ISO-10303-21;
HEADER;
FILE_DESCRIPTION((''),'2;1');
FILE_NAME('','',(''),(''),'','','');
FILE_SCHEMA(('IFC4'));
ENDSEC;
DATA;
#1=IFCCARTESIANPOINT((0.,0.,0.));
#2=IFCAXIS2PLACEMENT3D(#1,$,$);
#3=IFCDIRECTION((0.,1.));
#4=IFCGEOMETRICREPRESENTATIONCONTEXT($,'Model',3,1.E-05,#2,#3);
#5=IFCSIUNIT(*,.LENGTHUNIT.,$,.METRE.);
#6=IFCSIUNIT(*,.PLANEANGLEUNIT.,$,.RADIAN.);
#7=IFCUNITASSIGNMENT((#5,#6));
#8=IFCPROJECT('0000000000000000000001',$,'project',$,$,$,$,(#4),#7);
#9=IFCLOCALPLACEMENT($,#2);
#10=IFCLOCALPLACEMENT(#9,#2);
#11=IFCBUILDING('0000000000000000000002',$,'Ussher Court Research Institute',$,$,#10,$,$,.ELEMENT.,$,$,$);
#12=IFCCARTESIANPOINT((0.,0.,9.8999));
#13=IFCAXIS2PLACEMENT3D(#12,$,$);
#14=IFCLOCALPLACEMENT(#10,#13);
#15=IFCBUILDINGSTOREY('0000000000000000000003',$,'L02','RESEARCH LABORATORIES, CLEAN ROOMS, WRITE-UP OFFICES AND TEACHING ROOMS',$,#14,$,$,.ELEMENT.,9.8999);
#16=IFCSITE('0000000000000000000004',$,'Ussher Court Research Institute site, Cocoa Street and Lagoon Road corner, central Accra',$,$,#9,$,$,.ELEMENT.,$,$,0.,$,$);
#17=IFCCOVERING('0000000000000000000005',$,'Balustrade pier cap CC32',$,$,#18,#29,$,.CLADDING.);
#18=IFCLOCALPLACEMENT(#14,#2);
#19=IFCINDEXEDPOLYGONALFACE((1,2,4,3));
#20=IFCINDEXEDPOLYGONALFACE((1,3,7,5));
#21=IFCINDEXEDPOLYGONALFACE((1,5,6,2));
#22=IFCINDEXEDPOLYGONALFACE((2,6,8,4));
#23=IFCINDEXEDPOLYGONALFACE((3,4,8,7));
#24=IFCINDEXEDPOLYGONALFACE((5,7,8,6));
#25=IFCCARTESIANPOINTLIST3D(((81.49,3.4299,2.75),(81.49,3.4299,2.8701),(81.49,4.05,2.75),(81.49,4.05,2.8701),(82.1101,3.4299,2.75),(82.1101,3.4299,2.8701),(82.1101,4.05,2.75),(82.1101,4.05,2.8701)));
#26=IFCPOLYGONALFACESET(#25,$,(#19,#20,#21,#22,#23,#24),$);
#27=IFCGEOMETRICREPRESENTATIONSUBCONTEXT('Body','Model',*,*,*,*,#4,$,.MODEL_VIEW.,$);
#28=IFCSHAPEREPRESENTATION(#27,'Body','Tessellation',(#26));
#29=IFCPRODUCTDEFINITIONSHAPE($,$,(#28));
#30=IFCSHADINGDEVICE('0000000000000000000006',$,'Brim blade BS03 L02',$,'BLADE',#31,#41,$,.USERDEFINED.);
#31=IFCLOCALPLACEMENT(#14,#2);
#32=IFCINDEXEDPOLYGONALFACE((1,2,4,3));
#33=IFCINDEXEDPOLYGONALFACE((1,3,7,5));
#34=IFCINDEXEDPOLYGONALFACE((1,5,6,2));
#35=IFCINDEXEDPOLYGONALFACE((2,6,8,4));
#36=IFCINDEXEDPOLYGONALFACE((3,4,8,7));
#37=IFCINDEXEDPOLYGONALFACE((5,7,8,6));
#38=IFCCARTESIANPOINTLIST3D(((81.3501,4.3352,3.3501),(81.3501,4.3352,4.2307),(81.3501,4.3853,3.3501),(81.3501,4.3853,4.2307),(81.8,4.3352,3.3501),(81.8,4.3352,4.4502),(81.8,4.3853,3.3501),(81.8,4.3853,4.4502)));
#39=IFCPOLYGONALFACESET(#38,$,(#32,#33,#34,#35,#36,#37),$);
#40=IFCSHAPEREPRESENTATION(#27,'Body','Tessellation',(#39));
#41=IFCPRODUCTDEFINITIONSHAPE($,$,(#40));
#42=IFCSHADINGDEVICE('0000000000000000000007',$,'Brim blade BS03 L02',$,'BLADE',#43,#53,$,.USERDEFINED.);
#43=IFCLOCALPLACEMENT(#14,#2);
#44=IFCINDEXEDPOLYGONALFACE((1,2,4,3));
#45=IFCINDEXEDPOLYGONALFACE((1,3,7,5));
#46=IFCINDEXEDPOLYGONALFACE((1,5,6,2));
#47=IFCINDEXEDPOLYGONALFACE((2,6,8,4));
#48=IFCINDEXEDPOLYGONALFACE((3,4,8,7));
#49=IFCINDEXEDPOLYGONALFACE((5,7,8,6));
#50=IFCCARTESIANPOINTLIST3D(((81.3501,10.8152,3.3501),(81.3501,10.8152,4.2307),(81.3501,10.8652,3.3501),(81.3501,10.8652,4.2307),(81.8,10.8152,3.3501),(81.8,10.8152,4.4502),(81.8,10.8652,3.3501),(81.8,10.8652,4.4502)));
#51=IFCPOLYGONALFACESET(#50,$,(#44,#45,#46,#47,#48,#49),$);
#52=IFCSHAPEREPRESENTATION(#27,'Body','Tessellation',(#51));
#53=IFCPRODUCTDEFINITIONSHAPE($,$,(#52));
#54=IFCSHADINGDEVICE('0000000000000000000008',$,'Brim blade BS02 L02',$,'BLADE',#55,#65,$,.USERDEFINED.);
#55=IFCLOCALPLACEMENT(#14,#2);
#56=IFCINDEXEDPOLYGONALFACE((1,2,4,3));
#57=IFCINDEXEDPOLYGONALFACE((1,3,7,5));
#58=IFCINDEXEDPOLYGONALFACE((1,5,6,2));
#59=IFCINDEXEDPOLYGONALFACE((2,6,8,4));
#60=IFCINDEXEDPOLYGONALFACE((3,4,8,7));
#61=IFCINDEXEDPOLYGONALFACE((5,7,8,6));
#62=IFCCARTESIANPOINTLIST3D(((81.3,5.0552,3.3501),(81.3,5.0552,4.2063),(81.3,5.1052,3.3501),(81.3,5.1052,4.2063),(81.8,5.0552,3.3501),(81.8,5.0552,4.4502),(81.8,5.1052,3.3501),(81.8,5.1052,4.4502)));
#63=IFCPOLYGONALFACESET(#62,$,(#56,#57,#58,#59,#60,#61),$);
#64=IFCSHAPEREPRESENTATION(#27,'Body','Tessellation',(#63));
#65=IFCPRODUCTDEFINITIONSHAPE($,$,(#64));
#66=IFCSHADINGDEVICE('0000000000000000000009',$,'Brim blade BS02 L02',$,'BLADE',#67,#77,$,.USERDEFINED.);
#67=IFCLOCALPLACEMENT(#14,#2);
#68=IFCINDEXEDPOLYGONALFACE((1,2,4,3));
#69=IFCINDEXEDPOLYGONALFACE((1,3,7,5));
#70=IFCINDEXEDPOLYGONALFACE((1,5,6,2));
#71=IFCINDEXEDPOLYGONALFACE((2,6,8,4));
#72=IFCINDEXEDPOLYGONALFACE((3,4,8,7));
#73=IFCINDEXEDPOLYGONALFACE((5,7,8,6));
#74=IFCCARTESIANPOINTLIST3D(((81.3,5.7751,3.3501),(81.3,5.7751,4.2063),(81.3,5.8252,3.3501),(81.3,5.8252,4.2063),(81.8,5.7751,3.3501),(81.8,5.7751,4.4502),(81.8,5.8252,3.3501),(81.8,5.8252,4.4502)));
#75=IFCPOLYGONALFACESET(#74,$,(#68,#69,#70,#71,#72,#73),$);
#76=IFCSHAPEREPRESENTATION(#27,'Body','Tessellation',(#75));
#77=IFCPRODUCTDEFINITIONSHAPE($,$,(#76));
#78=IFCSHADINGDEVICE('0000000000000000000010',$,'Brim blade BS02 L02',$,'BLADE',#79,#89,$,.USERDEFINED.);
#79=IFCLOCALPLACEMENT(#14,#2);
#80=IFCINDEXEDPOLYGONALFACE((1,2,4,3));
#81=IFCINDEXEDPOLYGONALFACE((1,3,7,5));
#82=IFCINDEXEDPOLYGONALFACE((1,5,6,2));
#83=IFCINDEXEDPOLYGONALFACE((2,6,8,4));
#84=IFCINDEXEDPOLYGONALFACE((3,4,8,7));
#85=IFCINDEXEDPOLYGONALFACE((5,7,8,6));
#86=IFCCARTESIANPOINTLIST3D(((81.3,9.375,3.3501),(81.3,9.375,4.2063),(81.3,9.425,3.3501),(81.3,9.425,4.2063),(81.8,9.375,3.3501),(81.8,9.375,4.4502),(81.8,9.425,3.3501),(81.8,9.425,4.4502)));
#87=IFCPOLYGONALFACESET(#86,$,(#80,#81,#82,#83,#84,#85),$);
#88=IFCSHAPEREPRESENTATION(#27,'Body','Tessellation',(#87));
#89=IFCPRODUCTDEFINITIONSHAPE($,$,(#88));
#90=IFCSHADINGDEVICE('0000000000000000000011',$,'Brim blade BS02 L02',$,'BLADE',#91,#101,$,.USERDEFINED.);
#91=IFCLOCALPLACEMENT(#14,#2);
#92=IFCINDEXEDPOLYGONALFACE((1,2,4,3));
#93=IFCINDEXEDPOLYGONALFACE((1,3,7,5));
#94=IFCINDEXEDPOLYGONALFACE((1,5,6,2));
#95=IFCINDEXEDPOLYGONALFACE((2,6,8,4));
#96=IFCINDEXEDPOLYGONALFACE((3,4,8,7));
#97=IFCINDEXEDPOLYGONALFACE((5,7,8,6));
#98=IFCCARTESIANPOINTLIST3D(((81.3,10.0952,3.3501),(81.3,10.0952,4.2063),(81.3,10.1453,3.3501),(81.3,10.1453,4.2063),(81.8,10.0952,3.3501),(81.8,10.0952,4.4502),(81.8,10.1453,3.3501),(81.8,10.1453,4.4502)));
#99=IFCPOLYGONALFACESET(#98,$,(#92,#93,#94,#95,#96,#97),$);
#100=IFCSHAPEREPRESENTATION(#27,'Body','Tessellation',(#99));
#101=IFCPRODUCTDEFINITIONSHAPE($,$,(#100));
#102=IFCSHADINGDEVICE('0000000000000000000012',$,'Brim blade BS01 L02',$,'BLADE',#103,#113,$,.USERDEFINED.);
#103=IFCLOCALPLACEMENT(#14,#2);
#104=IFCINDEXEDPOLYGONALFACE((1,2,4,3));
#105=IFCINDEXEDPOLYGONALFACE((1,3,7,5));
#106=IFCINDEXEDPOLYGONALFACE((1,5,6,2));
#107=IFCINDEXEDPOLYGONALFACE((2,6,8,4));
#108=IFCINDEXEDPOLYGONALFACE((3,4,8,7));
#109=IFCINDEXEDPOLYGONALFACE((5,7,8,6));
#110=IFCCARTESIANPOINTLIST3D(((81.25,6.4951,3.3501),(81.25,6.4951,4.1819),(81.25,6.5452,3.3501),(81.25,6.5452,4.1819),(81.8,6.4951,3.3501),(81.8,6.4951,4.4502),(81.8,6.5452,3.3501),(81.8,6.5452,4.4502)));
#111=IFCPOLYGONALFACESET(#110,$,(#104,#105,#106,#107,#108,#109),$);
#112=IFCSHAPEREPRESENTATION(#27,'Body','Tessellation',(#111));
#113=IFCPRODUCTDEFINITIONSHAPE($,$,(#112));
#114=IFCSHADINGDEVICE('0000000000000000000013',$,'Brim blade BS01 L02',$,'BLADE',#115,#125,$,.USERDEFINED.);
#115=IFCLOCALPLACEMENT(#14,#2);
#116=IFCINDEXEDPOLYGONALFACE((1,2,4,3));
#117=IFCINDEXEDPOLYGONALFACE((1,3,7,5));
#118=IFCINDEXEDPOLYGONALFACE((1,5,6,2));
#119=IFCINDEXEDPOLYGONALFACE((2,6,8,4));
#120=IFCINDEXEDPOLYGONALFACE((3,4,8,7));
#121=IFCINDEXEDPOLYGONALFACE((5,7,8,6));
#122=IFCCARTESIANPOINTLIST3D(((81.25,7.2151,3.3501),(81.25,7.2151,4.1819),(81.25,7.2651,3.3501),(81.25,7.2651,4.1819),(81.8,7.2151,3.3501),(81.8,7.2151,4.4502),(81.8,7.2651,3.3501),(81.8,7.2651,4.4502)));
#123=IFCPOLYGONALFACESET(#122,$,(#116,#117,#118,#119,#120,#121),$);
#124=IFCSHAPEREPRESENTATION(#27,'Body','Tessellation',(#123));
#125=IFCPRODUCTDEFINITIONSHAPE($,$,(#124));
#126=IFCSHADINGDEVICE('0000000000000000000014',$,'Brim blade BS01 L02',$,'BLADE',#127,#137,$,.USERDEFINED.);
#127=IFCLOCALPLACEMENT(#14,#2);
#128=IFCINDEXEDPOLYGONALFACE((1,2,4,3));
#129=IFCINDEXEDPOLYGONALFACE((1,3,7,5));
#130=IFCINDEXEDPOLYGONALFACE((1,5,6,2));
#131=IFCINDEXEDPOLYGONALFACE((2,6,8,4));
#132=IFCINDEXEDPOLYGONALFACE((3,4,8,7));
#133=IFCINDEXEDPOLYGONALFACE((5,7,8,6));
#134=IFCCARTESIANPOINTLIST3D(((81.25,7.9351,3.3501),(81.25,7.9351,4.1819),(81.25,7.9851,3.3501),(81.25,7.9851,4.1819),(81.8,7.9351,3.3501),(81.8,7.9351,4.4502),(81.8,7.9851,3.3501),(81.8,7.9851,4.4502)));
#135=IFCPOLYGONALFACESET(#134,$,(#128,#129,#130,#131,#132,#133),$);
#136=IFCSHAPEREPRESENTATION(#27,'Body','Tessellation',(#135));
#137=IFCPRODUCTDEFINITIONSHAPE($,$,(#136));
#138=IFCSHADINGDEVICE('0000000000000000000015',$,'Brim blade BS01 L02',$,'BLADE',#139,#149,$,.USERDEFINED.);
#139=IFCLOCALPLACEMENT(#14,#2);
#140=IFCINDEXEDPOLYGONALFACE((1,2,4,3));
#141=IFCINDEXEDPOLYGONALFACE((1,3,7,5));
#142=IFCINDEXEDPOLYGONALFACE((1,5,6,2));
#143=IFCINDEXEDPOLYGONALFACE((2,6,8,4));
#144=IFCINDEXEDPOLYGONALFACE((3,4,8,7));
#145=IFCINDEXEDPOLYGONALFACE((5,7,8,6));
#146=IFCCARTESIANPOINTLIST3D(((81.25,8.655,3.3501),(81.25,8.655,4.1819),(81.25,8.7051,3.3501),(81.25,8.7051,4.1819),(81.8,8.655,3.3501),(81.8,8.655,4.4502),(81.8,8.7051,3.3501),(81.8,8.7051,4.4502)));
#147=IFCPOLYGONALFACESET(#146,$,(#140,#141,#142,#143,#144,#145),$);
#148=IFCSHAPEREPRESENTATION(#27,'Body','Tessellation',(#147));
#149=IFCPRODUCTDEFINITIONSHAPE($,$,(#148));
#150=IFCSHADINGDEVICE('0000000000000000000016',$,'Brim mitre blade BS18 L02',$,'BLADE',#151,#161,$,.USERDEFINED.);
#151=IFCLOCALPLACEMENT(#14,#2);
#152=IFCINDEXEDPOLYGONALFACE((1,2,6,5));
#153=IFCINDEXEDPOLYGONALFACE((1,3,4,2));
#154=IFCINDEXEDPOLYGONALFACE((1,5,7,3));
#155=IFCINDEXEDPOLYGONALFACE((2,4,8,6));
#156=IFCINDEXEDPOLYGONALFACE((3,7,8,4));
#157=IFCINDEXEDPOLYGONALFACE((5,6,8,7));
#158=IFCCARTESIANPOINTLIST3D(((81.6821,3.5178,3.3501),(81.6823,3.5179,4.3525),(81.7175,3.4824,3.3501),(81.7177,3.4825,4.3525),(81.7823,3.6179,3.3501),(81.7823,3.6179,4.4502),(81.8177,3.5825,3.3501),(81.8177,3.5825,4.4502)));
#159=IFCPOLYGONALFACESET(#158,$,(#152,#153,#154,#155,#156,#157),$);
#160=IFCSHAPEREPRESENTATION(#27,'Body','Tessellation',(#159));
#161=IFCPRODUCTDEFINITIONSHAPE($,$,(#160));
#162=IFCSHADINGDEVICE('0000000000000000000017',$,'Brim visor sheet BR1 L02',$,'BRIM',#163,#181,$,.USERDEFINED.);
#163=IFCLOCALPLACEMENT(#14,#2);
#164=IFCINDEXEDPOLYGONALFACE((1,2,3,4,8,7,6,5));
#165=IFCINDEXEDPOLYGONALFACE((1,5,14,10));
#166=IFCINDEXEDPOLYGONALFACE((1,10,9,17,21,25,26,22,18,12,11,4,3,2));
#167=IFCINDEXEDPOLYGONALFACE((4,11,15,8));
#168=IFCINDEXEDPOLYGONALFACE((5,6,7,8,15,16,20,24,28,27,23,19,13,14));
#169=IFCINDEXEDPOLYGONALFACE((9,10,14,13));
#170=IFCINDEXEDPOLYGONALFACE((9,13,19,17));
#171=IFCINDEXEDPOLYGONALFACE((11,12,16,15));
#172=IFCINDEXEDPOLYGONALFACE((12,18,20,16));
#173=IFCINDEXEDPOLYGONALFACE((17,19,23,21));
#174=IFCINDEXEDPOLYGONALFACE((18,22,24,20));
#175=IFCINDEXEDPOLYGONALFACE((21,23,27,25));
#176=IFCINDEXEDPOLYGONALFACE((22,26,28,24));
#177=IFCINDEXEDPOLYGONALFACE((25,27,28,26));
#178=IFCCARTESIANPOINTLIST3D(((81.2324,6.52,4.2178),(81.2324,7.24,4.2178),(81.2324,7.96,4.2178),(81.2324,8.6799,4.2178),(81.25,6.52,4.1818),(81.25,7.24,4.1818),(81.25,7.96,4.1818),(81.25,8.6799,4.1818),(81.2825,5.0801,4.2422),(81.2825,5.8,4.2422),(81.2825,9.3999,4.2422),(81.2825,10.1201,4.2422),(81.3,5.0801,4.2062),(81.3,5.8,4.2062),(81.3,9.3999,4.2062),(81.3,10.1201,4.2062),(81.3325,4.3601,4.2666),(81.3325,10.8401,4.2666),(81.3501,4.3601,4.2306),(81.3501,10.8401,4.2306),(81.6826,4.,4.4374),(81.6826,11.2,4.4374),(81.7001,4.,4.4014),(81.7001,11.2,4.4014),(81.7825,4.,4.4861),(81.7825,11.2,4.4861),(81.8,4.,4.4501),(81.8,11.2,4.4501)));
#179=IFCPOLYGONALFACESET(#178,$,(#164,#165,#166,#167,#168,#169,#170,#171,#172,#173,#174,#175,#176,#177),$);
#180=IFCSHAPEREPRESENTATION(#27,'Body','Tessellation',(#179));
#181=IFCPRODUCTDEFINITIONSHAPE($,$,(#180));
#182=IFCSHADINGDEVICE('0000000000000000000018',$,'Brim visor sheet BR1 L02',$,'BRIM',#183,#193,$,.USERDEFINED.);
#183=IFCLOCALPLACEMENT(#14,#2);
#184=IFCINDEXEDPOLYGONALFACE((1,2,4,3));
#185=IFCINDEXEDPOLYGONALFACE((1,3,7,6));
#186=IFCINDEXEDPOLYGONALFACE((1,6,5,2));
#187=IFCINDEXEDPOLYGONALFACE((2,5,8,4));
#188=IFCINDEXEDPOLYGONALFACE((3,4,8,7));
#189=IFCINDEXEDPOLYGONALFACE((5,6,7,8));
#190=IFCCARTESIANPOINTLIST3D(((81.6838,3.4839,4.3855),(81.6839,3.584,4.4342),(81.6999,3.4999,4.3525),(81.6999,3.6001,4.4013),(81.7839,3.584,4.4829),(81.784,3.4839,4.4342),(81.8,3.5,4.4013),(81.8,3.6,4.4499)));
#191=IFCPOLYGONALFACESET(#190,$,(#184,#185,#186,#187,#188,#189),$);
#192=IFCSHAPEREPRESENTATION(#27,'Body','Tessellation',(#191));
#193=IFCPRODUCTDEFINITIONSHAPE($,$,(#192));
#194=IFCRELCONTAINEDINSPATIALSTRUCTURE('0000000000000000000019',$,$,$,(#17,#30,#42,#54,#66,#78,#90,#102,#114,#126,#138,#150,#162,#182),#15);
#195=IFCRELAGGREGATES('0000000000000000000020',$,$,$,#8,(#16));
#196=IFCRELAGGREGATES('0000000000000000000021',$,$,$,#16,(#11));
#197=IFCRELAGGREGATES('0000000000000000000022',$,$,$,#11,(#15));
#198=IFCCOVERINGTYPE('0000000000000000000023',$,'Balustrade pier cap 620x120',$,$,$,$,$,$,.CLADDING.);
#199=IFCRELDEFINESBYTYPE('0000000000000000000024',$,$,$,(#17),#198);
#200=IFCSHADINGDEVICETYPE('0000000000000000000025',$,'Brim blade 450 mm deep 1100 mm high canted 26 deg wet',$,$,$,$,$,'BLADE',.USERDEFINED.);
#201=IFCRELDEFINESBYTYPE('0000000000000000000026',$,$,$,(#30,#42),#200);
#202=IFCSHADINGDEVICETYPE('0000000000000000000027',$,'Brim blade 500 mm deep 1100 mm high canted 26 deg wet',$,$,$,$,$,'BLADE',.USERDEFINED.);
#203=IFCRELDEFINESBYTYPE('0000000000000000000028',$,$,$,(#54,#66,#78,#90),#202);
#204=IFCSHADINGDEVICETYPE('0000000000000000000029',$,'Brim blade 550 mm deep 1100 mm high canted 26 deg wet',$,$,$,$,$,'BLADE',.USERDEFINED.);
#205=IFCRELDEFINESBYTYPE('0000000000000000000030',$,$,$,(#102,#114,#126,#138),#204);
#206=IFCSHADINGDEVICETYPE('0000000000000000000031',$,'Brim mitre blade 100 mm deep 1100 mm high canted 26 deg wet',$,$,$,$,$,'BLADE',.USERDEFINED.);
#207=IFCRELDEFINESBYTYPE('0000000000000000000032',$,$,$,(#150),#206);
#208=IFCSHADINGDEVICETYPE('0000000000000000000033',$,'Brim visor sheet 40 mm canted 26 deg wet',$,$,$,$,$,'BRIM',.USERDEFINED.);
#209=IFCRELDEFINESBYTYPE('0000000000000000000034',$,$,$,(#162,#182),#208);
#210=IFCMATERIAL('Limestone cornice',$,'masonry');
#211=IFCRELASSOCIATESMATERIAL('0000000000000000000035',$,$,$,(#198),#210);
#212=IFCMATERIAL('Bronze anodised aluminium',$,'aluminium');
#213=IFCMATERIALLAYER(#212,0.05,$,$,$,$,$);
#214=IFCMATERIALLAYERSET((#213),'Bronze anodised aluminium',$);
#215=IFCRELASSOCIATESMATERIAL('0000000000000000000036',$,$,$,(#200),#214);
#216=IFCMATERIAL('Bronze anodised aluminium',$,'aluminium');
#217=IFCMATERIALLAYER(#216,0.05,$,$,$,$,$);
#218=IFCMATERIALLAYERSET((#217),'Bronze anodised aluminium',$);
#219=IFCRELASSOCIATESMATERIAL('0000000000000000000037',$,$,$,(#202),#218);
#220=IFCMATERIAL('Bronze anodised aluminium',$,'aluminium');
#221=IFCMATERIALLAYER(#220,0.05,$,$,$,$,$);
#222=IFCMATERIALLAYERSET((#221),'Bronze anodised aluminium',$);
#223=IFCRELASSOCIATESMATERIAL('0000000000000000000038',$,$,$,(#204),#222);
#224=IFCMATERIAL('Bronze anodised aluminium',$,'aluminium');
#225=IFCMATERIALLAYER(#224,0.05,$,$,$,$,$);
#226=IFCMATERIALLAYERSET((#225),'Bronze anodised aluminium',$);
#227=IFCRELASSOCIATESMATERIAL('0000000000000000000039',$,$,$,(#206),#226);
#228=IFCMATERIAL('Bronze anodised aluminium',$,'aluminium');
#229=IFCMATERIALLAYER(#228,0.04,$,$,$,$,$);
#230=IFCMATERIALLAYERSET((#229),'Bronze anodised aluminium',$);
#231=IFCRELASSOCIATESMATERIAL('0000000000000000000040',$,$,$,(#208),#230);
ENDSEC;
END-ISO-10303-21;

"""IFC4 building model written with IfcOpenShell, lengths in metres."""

from ifc_helpers import new_model, si_unit, direction, frame, origin, origin_2d, place, context, subcontext, project, spatial, polyline, rectangle, outline, extrude, material, layer, layer_set, type_object, element, save


model = new_model("IFC4")

# Units and contexts
model_context = context("Model", 3, precision=1e-05, world=origin(), true_north=direction((0.0, 1.0)))
body_context = subcontext(model_context, "Body", "Model", "MODEL_VIEW")
ifc_project = project(units=[si_unit("LENGTHUNIT", "METRE"), si_unit("PLANEANGLEUNIT", "RADIAN")], contexts=[model_context])

# Site, building, storey
site_placement = place(None, origin())
site = spatial("IfcSite", under=ifc_project, at=site_placement, Name="Ussher Court Research Institute site, Cocoa Street and Lagoon Road corner, central Accra", CompositionType="ELEMENT", RefElevation=0.0)
building_placement = place(site_placement, origin())
building = spatial("IfcBuilding", under=site, at=building_placement, Name="Ussher Court Research Institute", CompositionType="ELEMENT")
storey_placement = place(building_placement, frame((0.0, 0.0, 9.8999)))
storey = spatial("IfcBuildingStorey", under=building, at=storey_placement, Name="L02", Description="RESEARCH LABORATORIES, CLEAN ROOMS, WRITE-UP OFFICES AND TEACHING ROOMS", CompositionType="ELEMENT", Elevation=9.8999)

# Covering
ifc_material_1 = material(Name="Limestone cornice", Category="masonry")
covering_type_1 = type_object("IfcCoveringType", Name="Balustrade pier cap 620x120", PredefinedType="CLADDING", material=ifc_material_1)
covering_1_placement = place(storey_placement, frame((81.8, 3.74, 2.75), z_axis=(0.0, 0.0, 1.0), x_axis=(1.0, 0.0, 0.0)))
element("IfcCovering", 1, at=covering_1_placement, inside=storey, type_object=covering_type_1, Name="Balustrade pier cap CC32", PredefinedType="CLADDING", context=body_context, shape_type="SweptSolid", body=[
    extrude(rectangle(XDim=0.6201, YDim=0.6201, at=origin_2d()), origin(), (0.0, 0.0, 1.0), 0.1201),
])

# Shading devices
ifc_material_2 = material(Name="Bronze anodised aluminium", Category="aluminium")
ifc_layer_1 = layer(ifc_material_2, 0.05)
ifc_layer_set_1 = layer_set([ifc_layer_1], Name="Bronze anodised aluminium")
shading_device_type_1 = type_object("IfcShadingDeviceType", Name="Brim blade 450 mm deep 1100 mm high canted 26 deg wet", ElementType="BLADE", PredefinedType="USERDEFINED", material=ifc_layer_set_1)
for number, where, z_axis, x_axis, name in (
    (2, (81.8, 4.3601, 3.3501), (0.0, 0.0, 1.0), (-1.0, 0.0, 0.0), "Brim blade BS03 L02"),
    (3, (81.8, 10.8401, 3.3501), (0.0, 0.0, 1.0), (-1.0, 0.0, 0.0), "Brim blade BS03 L02"),
):
    element("IfcShadingDevice", number, at=place(storey_placement, frame(where, z_axis=z_axis, x_axis=x_axis)), inside=storey, type_object=shading_device_type_1, Name=name, ObjectType="BLADE", PredefinedType="USERDEFINED", context=body_context, shape_type="SweptSolid", body=[
        extrude(outline(polyline([(0.0, 0.0), (0.45, 0.0), (0.45, 0.8806), (0.0, 1.1001), (0.0, 0.0)])), frame((0.0, 0.0249, 0.0), z_axis=(0.0, -1.0, 0.0), x_axis=(1.0, 0.0, 0.0)), (0.0, 0.0, 1.0), 0.05),
    ])
ifc_material_3 = material(Name="Bronze anodised aluminium", Category="aluminium")
ifc_layer_2 = layer(ifc_material_3, 0.05)
ifc_layer_set_2 = layer_set([ifc_layer_2], Name="Bronze anodised aluminium")
shading_device_type_2 = type_object("IfcShadingDeviceType", Name="Brim blade 500 mm deep 1100 mm high canted 26 deg wet", ElementType="BLADE", PredefinedType="USERDEFINED", material=ifc_layer_set_2)
for number, where, z_axis, x_axis, name in (
    (4, (81.8, 5.0801, 3.3501), (0.0, 0.0, 1.0), (-1.0, 0.0, 0.0), "Brim blade BS02 L02"),
    (5, (81.8, 5.8, 3.3501), (0.0, 0.0, 1.0), (-1.0, 0.0, 0.0), "Brim blade BS02 L02"),
    (6, (81.8, 9.3999, 3.3501), (0.0, 0.0, 1.0), (-1.0, 0.0, 0.0), "Brim blade BS02 L02"),
    (7, (81.8, 10.1201, 3.3501), (0.0, 0.0, 1.0), (-1.0, 0.0, 0.0), "Brim blade BS02 L02"),
):
    element("IfcShadingDevice", number, at=place(storey_placement, frame(where, z_axis=z_axis, x_axis=x_axis)), inside=storey, type_object=shading_device_type_2, Name=name, ObjectType="BLADE", PredefinedType="USERDEFINED", context=body_context, shape_type="SweptSolid", body=[
        extrude(outline(polyline([(0.0, 0.0), (0.5, 0.0), (0.5, 0.8562), (0.0, 1.1001), (0.0, 0.0)])), frame((0.0, 0.0249, 0.0), z_axis=(0.0, -1.0, 0.0), x_axis=(1.0, 0.0, 0.0)), (0.0, 0.0, 1.0), 0.05),
    ])
ifc_material_4 = material(Name="Bronze anodised aluminium", Category="aluminium")
ifc_layer_3 = layer(ifc_material_4, 0.05)
ifc_layer_set_3 = layer_set([ifc_layer_3], Name="Bronze anodised aluminium")
shading_device_type_3 = type_object("IfcShadingDeviceType", Name="Brim blade 550 mm deep 1100 mm high canted 26 deg wet", ElementType="BLADE", PredefinedType="USERDEFINED", material=ifc_layer_set_3)
for number, where, z_axis, x_axis, name in (
    (8, (81.8, 6.52, 3.3501), (0.0, 0.0, 1.0), (-1.0, 0.0, 0.0), "Brim blade BS01 L02"),
    (9, (81.8, 7.24, 3.3501), (0.0, 0.0, 1.0), (-1.0, 0.0, 0.0), "Brim blade BS01 L02"),
    (10, (81.8, 7.96, 3.3501), (0.0, 0.0, 1.0), (-1.0, 0.0, 0.0), "Brim blade BS01 L02"),
    (11, (81.8, 8.6799, 3.3501), (0.0, 0.0, 1.0), (-1.0, 0.0, 0.0), "Brim blade BS01 L02"),
):
    element("IfcShadingDevice", number, at=place(storey_placement, frame(where, z_axis=z_axis, x_axis=x_axis)), inside=storey, type_object=shading_device_type_3, Name=name, ObjectType="BLADE", PredefinedType="USERDEFINED", context=body_context, shape_type="SweptSolid", body=[
        extrude(outline(polyline([(0.0, 0.0), (0.55, 0.0), (0.55, 0.8318), (0.0, 1.1001), (0.0, 0.0)])), frame((0.0, 0.0249, 0.0), z_axis=(0.0, -1.0, 0.0), x_axis=(1.0, 0.0, 0.0)), (0.0, 0.0, 1.0), 0.05),
    ])
ifc_material_5 = material(Name="Bronze anodised aluminium", Category="aluminium")
ifc_layer_4 = layer(ifc_material_5, 0.05)
ifc_layer_set_4 = layer_set([ifc_layer_4], Name="Bronze anodised aluminium")
shading_device_type_4 = type_object("IfcShadingDeviceType", Name="Brim mitre blade 100 mm deep 1100 mm high canted 26 deg wet", ElementType="BLADE", PredefinedType="USERDEFINED", material=ifc_layer_set_4)
shading_device_1_placement = place(storey_placement, frame((81.8, 3.6001, 3.3501), z_axis=(0.0, 0.0, 1.0), x_axis=(-0.707107, -0.707107, 0.0)))
element("IfcShadingDevice", 12, at=shading_device_1_placement, inside=storey, type_object=shading_device_type_4, Name="Brim mitre blade BS18 L02", ObjectType="BLADE", PredefinedType="USERDEFINED", context=body_context, shape_type="SweptSolid", body=[
    extrude(outline(polyline([(0.0, 0.0), (0.1416, 0.0), (0.1414, 1.0024), (0.0, 1.1001), (0.0, 0.0)])), frame((0.0, 0.0249, 0.0), z_axis=(0.0, -1.0, 0.0), x_axis=(1.0, 0.0, 0.0)), (0.0, 0.0, 1.0), 0.05),
])
ifc_material_6 = material(Name="Bronze anodised aluminium", Category="aluminium")
ifc_layer_5 = layer(ifc_material_6, 0.04)
ifc_layer_set_5 = layer_set([ifc_layer_5], Name="Bronze anodised aluminium")
shading_device_type_5 = type_object("IfcShadingDeviceType", Name="Brim visor sheet 40 mm canted 26 deg wet", ElementType="BRIM", PredefinedType="USERDEFINED", material=ifc_layer_set_5)
shading_device_2_placement = place(storey_placement, frame((81.7825, 4.0, 4.4861), z_axis=(-0.438424, 0.0, 0.898768), x_axis=(0.0, 1.0, 0.0)))
element("IfcShadingDevice", 13, at=shading_device_2_placement, inside=storey, type_object=shading_device_type_5, Name="Brim visor sheet BR1 L02", ObjectType="BRIM", PredefinedType="USERDEFINED", context=body_context, shape_type="SweptSolid", body=[
    extrude(outline(polyline([(0.0, 0.0), (7.2, 0.0), (7.2, 0.1112), (6.8401, 0.5006), (6.1201, 0.5563), (5.3999, 0.5563), (4.6799, 0.612), (3.96, 0.612), (3.24, 0.612), (2.52, 0.612), (1.8, 0.5563), (1.0801, 0.5563), (0.3601, 0.5006), (0.0, 0.1112), (0.0, 0.0)])), origin(), (0.0, 0.0, -1.0), 0.04),
])
shading_device_3_placement = place(storey_placement, frame((81.7839, 3.584, 4.4829), z_axis=(-0.400848, -0.400848, 0.823797), x_axis=(-0.899269, 0.000362, -0.437395)))
element("IfcShadingDevice", 14, at=shading_device_3_placement, inside=storey, type_object=shading_device_type_5, Name="Brim visor sheet BR1 L02", ObjectType="BRIM", PredefinedType="USERDEFINED", context=body_context, shape_type="SweptSolid", body=[
    extrude(outline(polyline([(0.0, 0.0), (0.1113, 0.0), (0.1326, 0.1093), (0.0212, 0.1092), (0.0, 0.0)])), origin(), (0.0, 0.0, -1.0), 0.04),
])

save(model, "model.ifc")
